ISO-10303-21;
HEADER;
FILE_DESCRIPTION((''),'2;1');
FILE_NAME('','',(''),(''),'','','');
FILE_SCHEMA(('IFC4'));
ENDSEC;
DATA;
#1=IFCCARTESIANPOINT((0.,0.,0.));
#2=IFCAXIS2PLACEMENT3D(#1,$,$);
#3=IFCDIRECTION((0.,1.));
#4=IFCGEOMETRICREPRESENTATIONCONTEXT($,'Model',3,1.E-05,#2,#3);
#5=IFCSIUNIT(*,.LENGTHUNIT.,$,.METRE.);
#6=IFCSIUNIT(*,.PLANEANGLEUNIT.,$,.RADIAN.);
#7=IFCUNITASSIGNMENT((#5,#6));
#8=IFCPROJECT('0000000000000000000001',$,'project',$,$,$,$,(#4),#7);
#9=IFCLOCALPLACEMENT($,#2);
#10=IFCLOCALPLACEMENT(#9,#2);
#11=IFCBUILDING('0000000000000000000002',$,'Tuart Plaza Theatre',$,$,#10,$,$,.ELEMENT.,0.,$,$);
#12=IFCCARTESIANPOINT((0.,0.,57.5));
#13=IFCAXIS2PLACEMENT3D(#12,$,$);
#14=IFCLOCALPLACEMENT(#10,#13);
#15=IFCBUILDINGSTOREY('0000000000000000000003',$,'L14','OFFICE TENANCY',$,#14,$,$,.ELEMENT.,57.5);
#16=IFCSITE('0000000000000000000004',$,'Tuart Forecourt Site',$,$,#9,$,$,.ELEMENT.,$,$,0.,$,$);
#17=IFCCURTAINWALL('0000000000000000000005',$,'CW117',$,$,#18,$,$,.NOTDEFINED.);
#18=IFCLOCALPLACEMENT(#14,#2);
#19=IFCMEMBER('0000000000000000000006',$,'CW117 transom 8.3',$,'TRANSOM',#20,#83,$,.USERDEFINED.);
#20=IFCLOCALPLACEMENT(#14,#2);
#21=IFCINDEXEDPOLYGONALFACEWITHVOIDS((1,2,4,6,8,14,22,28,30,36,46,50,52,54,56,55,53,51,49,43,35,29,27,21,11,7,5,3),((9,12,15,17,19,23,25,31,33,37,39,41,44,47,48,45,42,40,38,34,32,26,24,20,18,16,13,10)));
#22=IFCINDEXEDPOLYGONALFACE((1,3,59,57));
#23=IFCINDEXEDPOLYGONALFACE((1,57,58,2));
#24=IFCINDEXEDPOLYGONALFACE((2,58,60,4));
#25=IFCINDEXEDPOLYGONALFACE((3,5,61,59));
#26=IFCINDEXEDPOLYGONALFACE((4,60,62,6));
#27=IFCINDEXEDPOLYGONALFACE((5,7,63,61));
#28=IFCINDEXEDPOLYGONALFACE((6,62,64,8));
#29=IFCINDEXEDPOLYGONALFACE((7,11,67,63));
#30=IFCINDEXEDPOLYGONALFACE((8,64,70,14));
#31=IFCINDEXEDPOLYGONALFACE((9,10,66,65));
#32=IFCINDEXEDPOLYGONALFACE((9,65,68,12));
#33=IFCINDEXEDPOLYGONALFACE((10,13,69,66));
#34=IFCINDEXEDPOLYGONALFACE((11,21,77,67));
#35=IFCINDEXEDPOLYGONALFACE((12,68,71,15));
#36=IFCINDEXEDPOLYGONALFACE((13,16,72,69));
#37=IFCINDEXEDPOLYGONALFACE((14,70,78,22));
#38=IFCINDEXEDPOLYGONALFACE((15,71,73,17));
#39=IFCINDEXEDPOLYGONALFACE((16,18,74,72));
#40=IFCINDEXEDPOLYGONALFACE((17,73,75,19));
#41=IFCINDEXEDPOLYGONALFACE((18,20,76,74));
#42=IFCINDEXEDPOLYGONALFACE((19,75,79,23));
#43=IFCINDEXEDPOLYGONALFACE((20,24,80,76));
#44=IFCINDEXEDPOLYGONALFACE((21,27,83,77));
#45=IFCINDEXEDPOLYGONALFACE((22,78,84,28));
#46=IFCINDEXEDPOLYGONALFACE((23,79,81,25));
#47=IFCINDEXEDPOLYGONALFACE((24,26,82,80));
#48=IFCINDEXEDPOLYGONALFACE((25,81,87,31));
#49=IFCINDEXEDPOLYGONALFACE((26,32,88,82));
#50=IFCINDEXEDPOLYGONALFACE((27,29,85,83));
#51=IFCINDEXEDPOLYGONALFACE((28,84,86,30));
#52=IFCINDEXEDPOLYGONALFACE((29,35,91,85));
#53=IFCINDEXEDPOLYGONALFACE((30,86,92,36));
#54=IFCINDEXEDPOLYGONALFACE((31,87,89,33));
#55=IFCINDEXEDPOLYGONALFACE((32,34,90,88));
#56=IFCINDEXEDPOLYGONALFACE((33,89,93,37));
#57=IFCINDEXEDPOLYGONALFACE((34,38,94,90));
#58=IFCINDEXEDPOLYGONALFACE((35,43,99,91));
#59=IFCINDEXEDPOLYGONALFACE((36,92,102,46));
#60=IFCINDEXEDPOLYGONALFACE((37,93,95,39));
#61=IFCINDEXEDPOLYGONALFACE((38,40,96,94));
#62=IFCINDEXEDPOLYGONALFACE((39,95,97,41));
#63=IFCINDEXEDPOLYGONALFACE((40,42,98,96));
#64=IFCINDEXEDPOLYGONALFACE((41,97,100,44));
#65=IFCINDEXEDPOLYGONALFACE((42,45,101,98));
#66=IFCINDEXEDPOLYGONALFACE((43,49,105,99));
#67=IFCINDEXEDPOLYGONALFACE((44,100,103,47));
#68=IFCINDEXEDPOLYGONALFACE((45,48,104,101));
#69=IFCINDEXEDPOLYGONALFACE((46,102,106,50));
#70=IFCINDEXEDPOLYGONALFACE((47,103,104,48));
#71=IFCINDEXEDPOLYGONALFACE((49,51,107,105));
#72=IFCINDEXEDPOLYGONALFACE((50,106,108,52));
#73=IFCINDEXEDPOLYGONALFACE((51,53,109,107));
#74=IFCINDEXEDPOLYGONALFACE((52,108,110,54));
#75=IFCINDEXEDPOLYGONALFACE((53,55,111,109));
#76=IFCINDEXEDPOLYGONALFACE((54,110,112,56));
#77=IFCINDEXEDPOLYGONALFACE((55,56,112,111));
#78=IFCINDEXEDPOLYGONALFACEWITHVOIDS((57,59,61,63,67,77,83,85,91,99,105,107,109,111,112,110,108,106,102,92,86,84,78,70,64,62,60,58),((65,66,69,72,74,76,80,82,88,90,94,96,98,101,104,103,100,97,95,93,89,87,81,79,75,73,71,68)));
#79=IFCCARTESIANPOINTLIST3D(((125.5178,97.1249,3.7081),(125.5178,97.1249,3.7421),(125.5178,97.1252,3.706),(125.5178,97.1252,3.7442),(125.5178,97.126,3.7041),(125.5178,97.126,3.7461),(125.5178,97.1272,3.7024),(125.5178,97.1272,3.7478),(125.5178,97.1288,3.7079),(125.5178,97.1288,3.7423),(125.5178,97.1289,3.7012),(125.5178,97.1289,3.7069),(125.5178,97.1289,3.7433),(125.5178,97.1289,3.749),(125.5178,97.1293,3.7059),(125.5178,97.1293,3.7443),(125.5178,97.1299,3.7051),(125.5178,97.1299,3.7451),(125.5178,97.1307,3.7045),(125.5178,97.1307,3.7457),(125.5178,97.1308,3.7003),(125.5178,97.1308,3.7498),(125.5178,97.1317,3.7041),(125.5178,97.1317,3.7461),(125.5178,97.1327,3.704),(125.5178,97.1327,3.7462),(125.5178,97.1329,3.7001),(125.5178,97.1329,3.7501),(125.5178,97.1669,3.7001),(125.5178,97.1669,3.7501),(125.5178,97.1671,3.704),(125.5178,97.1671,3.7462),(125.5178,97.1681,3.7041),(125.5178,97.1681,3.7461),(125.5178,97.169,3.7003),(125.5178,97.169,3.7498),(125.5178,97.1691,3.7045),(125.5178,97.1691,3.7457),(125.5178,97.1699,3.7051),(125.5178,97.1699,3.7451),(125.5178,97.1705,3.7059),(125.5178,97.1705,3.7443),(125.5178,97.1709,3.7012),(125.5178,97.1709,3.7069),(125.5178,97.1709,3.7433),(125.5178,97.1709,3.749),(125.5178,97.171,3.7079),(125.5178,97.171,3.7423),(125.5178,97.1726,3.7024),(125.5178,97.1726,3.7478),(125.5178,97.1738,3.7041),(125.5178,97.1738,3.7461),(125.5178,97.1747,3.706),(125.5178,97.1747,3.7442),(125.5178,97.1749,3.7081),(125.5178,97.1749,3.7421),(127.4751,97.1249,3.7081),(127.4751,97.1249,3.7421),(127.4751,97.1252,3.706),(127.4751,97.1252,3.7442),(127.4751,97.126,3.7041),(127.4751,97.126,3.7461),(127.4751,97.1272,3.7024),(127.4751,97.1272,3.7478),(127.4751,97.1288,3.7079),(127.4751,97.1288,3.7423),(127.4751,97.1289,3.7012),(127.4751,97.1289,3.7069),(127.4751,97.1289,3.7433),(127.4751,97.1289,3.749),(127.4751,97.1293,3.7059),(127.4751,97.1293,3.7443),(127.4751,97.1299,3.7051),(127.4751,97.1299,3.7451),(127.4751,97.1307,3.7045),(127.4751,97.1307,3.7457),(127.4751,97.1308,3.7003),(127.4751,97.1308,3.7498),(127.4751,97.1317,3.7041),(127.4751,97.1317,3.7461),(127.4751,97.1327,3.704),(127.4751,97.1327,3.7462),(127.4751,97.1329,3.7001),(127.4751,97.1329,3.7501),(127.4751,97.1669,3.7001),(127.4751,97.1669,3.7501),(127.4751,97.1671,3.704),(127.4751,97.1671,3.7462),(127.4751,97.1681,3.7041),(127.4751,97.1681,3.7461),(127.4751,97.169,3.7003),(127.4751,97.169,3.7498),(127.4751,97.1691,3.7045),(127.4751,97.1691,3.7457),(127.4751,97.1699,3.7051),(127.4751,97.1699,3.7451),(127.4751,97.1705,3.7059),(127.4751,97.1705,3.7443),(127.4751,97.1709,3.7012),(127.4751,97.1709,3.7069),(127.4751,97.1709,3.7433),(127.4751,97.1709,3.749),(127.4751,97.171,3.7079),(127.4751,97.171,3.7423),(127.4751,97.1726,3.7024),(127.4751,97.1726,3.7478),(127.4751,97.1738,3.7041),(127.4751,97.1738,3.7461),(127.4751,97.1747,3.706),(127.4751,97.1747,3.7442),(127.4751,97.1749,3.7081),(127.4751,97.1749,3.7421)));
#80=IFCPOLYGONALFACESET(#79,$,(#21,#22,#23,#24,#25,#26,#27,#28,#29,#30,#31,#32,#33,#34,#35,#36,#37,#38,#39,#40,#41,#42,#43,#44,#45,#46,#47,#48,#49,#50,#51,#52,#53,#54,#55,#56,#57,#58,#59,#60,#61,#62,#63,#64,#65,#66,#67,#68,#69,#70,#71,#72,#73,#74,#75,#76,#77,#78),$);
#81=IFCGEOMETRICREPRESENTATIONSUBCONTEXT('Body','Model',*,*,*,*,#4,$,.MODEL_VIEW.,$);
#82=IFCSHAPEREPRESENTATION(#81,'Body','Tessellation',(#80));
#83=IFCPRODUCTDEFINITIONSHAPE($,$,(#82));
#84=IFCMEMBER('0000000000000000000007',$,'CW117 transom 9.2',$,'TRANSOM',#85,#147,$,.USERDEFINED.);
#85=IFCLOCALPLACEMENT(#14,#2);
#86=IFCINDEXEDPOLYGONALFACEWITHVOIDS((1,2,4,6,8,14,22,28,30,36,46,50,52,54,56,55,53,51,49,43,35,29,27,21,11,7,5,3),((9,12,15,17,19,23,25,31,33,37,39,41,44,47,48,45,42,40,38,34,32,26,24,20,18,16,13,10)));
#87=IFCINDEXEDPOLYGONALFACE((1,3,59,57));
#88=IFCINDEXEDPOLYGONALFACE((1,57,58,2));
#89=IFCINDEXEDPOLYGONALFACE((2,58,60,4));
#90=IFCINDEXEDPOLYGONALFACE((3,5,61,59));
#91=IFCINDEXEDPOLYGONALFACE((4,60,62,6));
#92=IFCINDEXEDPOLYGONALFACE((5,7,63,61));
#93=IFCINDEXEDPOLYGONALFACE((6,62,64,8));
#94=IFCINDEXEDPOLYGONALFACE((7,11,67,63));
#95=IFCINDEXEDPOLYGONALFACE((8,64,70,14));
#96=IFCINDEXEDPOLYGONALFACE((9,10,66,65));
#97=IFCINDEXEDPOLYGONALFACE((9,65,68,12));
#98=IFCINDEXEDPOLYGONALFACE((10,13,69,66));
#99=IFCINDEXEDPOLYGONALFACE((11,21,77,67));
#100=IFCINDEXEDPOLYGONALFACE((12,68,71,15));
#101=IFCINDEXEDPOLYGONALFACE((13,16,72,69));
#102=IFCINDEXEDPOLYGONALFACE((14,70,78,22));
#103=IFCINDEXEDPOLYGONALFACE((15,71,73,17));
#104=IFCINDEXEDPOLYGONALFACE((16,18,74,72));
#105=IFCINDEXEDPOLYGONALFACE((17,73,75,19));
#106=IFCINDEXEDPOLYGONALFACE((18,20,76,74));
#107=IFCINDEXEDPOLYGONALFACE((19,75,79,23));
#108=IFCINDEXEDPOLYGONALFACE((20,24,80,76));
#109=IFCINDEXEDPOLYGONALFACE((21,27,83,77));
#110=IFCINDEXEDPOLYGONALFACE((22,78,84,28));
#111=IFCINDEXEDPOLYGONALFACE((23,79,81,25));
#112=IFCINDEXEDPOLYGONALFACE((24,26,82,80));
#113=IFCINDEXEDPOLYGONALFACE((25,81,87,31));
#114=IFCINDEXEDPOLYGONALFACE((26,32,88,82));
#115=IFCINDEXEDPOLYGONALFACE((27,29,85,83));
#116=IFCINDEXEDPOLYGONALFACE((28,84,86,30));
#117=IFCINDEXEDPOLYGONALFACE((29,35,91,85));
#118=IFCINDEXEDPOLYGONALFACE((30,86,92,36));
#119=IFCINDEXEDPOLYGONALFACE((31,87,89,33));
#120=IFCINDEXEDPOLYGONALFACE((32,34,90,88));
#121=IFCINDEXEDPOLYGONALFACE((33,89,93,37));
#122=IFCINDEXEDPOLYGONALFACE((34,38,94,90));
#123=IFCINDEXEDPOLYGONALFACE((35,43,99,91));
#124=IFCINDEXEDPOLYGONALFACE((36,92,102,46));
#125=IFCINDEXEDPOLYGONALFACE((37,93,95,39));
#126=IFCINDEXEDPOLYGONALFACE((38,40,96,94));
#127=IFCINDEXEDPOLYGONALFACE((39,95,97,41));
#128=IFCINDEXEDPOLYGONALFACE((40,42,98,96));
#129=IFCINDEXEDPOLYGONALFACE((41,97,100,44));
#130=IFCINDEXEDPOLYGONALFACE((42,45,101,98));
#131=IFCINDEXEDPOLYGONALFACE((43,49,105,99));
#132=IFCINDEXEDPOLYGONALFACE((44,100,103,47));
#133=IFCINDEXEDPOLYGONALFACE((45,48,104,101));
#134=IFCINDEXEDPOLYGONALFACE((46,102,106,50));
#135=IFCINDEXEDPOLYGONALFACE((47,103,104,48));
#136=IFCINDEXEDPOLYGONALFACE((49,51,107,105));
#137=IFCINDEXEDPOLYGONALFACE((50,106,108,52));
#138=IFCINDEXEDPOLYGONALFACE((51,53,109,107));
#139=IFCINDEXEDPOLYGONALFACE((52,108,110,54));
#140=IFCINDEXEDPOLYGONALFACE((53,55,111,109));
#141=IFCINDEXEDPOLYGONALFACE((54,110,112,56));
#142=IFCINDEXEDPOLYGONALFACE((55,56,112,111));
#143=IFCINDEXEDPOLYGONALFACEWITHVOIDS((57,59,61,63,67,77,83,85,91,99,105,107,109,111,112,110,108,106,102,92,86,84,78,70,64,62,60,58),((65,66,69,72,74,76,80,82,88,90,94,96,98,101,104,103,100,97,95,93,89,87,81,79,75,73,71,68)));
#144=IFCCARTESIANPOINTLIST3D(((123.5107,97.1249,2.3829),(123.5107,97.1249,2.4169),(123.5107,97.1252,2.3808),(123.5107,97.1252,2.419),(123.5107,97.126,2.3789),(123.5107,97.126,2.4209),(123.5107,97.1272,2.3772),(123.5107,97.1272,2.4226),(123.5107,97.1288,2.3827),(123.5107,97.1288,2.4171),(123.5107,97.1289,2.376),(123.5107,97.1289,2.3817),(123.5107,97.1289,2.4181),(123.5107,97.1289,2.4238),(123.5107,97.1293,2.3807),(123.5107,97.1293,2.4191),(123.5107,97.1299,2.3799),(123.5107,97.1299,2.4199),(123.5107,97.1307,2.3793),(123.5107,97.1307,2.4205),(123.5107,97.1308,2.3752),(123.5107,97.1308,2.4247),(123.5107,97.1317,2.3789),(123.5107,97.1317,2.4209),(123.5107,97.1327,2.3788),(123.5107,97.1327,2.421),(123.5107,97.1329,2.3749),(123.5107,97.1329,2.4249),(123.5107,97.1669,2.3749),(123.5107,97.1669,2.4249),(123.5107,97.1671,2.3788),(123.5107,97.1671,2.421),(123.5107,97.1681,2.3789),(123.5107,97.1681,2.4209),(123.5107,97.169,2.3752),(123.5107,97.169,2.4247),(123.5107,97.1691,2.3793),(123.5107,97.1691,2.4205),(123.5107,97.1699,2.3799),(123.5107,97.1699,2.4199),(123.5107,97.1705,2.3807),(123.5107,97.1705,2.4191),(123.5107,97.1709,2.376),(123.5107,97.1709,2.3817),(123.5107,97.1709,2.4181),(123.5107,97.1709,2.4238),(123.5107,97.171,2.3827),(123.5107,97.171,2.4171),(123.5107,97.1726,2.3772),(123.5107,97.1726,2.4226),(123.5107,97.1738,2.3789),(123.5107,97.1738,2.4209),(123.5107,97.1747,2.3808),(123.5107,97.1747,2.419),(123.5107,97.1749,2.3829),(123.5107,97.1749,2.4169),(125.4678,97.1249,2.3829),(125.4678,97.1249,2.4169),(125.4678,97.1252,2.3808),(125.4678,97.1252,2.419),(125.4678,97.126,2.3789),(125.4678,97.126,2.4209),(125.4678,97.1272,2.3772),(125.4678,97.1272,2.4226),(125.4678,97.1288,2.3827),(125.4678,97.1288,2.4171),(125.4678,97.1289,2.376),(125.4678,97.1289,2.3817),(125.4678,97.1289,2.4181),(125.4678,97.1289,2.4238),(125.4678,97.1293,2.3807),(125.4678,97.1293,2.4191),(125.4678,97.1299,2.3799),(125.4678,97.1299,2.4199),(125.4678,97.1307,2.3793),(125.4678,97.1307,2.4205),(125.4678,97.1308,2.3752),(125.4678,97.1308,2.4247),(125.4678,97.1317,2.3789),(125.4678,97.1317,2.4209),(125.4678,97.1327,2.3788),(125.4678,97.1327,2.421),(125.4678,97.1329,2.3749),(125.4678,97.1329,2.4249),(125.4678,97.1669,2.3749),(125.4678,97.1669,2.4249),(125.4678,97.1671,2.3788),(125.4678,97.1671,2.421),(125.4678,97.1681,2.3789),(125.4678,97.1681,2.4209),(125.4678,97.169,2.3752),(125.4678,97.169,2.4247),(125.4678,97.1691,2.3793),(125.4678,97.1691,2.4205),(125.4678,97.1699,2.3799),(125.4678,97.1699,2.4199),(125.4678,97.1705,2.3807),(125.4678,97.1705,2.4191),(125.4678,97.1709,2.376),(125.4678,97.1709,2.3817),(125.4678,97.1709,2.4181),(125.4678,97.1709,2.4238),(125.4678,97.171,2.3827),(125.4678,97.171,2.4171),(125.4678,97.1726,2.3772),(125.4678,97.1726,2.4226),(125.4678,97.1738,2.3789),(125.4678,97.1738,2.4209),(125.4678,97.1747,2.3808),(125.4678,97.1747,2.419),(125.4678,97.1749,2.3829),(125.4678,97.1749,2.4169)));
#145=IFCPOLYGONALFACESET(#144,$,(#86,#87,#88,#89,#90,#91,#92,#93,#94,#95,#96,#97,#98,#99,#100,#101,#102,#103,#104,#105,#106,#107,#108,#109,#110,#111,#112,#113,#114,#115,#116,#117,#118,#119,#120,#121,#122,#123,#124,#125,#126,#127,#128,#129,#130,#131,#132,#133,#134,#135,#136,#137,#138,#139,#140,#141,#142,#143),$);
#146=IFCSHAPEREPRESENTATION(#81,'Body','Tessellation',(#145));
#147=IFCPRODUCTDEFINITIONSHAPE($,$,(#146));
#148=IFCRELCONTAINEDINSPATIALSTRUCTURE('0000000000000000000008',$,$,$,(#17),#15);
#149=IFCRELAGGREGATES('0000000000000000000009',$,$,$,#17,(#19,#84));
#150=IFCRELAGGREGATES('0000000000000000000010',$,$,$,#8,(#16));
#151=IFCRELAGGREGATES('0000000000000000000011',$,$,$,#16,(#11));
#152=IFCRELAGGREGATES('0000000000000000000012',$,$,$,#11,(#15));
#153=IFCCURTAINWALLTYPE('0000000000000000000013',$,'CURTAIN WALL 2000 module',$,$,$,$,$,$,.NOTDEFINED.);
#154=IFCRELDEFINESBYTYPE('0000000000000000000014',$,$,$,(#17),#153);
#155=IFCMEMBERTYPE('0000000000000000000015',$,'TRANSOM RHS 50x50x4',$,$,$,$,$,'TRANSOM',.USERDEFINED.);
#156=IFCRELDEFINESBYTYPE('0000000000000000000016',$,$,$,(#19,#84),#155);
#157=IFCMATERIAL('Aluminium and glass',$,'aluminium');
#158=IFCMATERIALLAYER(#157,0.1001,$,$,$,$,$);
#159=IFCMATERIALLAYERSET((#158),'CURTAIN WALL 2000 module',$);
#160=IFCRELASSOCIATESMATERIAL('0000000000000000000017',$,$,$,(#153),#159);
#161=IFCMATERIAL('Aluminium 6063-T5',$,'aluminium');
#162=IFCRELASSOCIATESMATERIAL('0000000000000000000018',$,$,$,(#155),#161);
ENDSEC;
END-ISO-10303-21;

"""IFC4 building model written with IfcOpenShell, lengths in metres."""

from ifc_helpers import new_model, si_unit, direction, frame, origin, origin_2d, place, context, subcontext, project, spatial, hollow_rectangle, extrude, material, layer, layer_set, material_profile, profile_set, type_object, element, aggregate, save


model = new_model("IFC4")

# Units and contexts
model_context = context("Model", 3, precision=1e-05, world=origin(), true_north=direction((0.0, 1.0)))
body_context = subcontext(model_context, "Body", "Model", "MODEL_VIEW")
ifc_project = project(units=[si_unit("LENGTHUNIT", "METRE"), si_unit("PLANEANGLEUNIT", "RADIAN")], contexts=[model_context])

# Site, building, storey
site_placement = place(None, origin())
site = spatial("IfcSite", under=ifc_project, at=site_placement, Name="Tuart Forecourt Site", CompositionType="ELEMENT", RefElevation=0.0)
building_placement = place(site_placement, origin())
building = spatial("IfcBuilding", under=site, at=building_placement, Name="Tuart Plaza Theatre", CompositionType="ELEMENT", ElevationOfRefHeight=0.0)
storey_placement = place(building_placement, frame((0.0, 0.0, 57.5)))
storey = spatial("IfcBuildingStorey", under=building, at=storey_placement, Name="L14", Description="OFFICE TENANCY", CompositionType="ELEMENT", Elevation=57.5)

# Curtain wall, members
ifc_material_1 = material(Name="Aluminium and glass", Category="aluminium")
ifc_layer_1 = layer(ifc_material_1, 0.1001)
ifc_layer_set_1 = layer_set([ifc_layer_1], Name="CURTAIN WALL 2000 module")
curtain_wall_type = type_object("IfcCurtainWallType", Name="CURTAIN WALL 2000 module", PredefinedType="NOTDEFINED", material=ifc_layer_set_1)
curtain_wall_placement = place(storey_placement, origin())
curtain_wall = element("IfcCurtainWall", 1, at=curtain_wall_placement, inside=storey, type_object=curtain_wall_type, Name="CW117", PredefinedType="NOTDEFINED")
ifc_material_2 = material(Name="Aluminium 6063-T5", Category="aluminium")
ifc_material_profile_1 = material_profile(ifc_material_2, hollow_rectangle(XDim=0.05, YDim=0.05, WallThickness=0.0039, InnerFilletRadius=0.0039, OuterFilletRadius=0.0081, at=origin_2d()), Name="RHS 50x50x4")
ifc_profile_set_1 = profile_set([ifc_material_profile_1], Name="Aluminium 6063-T5")
member_type_1 = type_object("IfcMemberType", Name="TRANSOM RHS 50x50x4", ElementType="TRANSOM", PredefinedType="USERDEFINED", material=ifc_profile_set_1)
member_1_placement = place(storey_placement, frame((127.4751, 97.1499, 3.7251), z_axis=(-1.0, 0.0, 0.0), x_axis=(0.0, -1.0, 0.0)))
member_1 = element("IfcMember", 2, at=member_1_placement, type_object=member_type_1, Name="CW117 transom 8.3", ObjectType="TRANSOM", PredefinedType="USERDEFINED", context=body_context, shape_type="SweptSolid", body=[
    extrude(hollow_rectangle(XDim=0.05, YDim=0.05, WallThickness=0.0039, InnerFilletRadius=0.0039, OuterFilletRadius=0.0081, at=origin_2d()), origin(), (0.0, 0.0, 1.0), 1.9573),
])
member_2_placement = place(storey_placement, frame((125.4678, 97.1499, 2.3999), z_axis=(-1.0, 0.0, 0.0), x_axis=(0.0, -1.0, 0.0)))
member_2 = element("IfcMember", 3, at=member_2_placement, type_object=member_type_1, Name="CW117 transom 9.2", ObjectType="TRANSOM", PredefinedType="USERDEFINED", context=body_context, shape_type="SweptSolid", body=[
    extrude(hollow_rectangle(XDim=0.05, YDim=0.05, WallThickness=0.0039, InnerFilletRadius=0.0039, OuterFilletRadius=0.0081, at=origin_2d()), origin(), (0.0, 0.0, 1.0), 1.957),
])
aggregate(curtain_wall, [member_1, member_2])

save(model, "model.ifc")
